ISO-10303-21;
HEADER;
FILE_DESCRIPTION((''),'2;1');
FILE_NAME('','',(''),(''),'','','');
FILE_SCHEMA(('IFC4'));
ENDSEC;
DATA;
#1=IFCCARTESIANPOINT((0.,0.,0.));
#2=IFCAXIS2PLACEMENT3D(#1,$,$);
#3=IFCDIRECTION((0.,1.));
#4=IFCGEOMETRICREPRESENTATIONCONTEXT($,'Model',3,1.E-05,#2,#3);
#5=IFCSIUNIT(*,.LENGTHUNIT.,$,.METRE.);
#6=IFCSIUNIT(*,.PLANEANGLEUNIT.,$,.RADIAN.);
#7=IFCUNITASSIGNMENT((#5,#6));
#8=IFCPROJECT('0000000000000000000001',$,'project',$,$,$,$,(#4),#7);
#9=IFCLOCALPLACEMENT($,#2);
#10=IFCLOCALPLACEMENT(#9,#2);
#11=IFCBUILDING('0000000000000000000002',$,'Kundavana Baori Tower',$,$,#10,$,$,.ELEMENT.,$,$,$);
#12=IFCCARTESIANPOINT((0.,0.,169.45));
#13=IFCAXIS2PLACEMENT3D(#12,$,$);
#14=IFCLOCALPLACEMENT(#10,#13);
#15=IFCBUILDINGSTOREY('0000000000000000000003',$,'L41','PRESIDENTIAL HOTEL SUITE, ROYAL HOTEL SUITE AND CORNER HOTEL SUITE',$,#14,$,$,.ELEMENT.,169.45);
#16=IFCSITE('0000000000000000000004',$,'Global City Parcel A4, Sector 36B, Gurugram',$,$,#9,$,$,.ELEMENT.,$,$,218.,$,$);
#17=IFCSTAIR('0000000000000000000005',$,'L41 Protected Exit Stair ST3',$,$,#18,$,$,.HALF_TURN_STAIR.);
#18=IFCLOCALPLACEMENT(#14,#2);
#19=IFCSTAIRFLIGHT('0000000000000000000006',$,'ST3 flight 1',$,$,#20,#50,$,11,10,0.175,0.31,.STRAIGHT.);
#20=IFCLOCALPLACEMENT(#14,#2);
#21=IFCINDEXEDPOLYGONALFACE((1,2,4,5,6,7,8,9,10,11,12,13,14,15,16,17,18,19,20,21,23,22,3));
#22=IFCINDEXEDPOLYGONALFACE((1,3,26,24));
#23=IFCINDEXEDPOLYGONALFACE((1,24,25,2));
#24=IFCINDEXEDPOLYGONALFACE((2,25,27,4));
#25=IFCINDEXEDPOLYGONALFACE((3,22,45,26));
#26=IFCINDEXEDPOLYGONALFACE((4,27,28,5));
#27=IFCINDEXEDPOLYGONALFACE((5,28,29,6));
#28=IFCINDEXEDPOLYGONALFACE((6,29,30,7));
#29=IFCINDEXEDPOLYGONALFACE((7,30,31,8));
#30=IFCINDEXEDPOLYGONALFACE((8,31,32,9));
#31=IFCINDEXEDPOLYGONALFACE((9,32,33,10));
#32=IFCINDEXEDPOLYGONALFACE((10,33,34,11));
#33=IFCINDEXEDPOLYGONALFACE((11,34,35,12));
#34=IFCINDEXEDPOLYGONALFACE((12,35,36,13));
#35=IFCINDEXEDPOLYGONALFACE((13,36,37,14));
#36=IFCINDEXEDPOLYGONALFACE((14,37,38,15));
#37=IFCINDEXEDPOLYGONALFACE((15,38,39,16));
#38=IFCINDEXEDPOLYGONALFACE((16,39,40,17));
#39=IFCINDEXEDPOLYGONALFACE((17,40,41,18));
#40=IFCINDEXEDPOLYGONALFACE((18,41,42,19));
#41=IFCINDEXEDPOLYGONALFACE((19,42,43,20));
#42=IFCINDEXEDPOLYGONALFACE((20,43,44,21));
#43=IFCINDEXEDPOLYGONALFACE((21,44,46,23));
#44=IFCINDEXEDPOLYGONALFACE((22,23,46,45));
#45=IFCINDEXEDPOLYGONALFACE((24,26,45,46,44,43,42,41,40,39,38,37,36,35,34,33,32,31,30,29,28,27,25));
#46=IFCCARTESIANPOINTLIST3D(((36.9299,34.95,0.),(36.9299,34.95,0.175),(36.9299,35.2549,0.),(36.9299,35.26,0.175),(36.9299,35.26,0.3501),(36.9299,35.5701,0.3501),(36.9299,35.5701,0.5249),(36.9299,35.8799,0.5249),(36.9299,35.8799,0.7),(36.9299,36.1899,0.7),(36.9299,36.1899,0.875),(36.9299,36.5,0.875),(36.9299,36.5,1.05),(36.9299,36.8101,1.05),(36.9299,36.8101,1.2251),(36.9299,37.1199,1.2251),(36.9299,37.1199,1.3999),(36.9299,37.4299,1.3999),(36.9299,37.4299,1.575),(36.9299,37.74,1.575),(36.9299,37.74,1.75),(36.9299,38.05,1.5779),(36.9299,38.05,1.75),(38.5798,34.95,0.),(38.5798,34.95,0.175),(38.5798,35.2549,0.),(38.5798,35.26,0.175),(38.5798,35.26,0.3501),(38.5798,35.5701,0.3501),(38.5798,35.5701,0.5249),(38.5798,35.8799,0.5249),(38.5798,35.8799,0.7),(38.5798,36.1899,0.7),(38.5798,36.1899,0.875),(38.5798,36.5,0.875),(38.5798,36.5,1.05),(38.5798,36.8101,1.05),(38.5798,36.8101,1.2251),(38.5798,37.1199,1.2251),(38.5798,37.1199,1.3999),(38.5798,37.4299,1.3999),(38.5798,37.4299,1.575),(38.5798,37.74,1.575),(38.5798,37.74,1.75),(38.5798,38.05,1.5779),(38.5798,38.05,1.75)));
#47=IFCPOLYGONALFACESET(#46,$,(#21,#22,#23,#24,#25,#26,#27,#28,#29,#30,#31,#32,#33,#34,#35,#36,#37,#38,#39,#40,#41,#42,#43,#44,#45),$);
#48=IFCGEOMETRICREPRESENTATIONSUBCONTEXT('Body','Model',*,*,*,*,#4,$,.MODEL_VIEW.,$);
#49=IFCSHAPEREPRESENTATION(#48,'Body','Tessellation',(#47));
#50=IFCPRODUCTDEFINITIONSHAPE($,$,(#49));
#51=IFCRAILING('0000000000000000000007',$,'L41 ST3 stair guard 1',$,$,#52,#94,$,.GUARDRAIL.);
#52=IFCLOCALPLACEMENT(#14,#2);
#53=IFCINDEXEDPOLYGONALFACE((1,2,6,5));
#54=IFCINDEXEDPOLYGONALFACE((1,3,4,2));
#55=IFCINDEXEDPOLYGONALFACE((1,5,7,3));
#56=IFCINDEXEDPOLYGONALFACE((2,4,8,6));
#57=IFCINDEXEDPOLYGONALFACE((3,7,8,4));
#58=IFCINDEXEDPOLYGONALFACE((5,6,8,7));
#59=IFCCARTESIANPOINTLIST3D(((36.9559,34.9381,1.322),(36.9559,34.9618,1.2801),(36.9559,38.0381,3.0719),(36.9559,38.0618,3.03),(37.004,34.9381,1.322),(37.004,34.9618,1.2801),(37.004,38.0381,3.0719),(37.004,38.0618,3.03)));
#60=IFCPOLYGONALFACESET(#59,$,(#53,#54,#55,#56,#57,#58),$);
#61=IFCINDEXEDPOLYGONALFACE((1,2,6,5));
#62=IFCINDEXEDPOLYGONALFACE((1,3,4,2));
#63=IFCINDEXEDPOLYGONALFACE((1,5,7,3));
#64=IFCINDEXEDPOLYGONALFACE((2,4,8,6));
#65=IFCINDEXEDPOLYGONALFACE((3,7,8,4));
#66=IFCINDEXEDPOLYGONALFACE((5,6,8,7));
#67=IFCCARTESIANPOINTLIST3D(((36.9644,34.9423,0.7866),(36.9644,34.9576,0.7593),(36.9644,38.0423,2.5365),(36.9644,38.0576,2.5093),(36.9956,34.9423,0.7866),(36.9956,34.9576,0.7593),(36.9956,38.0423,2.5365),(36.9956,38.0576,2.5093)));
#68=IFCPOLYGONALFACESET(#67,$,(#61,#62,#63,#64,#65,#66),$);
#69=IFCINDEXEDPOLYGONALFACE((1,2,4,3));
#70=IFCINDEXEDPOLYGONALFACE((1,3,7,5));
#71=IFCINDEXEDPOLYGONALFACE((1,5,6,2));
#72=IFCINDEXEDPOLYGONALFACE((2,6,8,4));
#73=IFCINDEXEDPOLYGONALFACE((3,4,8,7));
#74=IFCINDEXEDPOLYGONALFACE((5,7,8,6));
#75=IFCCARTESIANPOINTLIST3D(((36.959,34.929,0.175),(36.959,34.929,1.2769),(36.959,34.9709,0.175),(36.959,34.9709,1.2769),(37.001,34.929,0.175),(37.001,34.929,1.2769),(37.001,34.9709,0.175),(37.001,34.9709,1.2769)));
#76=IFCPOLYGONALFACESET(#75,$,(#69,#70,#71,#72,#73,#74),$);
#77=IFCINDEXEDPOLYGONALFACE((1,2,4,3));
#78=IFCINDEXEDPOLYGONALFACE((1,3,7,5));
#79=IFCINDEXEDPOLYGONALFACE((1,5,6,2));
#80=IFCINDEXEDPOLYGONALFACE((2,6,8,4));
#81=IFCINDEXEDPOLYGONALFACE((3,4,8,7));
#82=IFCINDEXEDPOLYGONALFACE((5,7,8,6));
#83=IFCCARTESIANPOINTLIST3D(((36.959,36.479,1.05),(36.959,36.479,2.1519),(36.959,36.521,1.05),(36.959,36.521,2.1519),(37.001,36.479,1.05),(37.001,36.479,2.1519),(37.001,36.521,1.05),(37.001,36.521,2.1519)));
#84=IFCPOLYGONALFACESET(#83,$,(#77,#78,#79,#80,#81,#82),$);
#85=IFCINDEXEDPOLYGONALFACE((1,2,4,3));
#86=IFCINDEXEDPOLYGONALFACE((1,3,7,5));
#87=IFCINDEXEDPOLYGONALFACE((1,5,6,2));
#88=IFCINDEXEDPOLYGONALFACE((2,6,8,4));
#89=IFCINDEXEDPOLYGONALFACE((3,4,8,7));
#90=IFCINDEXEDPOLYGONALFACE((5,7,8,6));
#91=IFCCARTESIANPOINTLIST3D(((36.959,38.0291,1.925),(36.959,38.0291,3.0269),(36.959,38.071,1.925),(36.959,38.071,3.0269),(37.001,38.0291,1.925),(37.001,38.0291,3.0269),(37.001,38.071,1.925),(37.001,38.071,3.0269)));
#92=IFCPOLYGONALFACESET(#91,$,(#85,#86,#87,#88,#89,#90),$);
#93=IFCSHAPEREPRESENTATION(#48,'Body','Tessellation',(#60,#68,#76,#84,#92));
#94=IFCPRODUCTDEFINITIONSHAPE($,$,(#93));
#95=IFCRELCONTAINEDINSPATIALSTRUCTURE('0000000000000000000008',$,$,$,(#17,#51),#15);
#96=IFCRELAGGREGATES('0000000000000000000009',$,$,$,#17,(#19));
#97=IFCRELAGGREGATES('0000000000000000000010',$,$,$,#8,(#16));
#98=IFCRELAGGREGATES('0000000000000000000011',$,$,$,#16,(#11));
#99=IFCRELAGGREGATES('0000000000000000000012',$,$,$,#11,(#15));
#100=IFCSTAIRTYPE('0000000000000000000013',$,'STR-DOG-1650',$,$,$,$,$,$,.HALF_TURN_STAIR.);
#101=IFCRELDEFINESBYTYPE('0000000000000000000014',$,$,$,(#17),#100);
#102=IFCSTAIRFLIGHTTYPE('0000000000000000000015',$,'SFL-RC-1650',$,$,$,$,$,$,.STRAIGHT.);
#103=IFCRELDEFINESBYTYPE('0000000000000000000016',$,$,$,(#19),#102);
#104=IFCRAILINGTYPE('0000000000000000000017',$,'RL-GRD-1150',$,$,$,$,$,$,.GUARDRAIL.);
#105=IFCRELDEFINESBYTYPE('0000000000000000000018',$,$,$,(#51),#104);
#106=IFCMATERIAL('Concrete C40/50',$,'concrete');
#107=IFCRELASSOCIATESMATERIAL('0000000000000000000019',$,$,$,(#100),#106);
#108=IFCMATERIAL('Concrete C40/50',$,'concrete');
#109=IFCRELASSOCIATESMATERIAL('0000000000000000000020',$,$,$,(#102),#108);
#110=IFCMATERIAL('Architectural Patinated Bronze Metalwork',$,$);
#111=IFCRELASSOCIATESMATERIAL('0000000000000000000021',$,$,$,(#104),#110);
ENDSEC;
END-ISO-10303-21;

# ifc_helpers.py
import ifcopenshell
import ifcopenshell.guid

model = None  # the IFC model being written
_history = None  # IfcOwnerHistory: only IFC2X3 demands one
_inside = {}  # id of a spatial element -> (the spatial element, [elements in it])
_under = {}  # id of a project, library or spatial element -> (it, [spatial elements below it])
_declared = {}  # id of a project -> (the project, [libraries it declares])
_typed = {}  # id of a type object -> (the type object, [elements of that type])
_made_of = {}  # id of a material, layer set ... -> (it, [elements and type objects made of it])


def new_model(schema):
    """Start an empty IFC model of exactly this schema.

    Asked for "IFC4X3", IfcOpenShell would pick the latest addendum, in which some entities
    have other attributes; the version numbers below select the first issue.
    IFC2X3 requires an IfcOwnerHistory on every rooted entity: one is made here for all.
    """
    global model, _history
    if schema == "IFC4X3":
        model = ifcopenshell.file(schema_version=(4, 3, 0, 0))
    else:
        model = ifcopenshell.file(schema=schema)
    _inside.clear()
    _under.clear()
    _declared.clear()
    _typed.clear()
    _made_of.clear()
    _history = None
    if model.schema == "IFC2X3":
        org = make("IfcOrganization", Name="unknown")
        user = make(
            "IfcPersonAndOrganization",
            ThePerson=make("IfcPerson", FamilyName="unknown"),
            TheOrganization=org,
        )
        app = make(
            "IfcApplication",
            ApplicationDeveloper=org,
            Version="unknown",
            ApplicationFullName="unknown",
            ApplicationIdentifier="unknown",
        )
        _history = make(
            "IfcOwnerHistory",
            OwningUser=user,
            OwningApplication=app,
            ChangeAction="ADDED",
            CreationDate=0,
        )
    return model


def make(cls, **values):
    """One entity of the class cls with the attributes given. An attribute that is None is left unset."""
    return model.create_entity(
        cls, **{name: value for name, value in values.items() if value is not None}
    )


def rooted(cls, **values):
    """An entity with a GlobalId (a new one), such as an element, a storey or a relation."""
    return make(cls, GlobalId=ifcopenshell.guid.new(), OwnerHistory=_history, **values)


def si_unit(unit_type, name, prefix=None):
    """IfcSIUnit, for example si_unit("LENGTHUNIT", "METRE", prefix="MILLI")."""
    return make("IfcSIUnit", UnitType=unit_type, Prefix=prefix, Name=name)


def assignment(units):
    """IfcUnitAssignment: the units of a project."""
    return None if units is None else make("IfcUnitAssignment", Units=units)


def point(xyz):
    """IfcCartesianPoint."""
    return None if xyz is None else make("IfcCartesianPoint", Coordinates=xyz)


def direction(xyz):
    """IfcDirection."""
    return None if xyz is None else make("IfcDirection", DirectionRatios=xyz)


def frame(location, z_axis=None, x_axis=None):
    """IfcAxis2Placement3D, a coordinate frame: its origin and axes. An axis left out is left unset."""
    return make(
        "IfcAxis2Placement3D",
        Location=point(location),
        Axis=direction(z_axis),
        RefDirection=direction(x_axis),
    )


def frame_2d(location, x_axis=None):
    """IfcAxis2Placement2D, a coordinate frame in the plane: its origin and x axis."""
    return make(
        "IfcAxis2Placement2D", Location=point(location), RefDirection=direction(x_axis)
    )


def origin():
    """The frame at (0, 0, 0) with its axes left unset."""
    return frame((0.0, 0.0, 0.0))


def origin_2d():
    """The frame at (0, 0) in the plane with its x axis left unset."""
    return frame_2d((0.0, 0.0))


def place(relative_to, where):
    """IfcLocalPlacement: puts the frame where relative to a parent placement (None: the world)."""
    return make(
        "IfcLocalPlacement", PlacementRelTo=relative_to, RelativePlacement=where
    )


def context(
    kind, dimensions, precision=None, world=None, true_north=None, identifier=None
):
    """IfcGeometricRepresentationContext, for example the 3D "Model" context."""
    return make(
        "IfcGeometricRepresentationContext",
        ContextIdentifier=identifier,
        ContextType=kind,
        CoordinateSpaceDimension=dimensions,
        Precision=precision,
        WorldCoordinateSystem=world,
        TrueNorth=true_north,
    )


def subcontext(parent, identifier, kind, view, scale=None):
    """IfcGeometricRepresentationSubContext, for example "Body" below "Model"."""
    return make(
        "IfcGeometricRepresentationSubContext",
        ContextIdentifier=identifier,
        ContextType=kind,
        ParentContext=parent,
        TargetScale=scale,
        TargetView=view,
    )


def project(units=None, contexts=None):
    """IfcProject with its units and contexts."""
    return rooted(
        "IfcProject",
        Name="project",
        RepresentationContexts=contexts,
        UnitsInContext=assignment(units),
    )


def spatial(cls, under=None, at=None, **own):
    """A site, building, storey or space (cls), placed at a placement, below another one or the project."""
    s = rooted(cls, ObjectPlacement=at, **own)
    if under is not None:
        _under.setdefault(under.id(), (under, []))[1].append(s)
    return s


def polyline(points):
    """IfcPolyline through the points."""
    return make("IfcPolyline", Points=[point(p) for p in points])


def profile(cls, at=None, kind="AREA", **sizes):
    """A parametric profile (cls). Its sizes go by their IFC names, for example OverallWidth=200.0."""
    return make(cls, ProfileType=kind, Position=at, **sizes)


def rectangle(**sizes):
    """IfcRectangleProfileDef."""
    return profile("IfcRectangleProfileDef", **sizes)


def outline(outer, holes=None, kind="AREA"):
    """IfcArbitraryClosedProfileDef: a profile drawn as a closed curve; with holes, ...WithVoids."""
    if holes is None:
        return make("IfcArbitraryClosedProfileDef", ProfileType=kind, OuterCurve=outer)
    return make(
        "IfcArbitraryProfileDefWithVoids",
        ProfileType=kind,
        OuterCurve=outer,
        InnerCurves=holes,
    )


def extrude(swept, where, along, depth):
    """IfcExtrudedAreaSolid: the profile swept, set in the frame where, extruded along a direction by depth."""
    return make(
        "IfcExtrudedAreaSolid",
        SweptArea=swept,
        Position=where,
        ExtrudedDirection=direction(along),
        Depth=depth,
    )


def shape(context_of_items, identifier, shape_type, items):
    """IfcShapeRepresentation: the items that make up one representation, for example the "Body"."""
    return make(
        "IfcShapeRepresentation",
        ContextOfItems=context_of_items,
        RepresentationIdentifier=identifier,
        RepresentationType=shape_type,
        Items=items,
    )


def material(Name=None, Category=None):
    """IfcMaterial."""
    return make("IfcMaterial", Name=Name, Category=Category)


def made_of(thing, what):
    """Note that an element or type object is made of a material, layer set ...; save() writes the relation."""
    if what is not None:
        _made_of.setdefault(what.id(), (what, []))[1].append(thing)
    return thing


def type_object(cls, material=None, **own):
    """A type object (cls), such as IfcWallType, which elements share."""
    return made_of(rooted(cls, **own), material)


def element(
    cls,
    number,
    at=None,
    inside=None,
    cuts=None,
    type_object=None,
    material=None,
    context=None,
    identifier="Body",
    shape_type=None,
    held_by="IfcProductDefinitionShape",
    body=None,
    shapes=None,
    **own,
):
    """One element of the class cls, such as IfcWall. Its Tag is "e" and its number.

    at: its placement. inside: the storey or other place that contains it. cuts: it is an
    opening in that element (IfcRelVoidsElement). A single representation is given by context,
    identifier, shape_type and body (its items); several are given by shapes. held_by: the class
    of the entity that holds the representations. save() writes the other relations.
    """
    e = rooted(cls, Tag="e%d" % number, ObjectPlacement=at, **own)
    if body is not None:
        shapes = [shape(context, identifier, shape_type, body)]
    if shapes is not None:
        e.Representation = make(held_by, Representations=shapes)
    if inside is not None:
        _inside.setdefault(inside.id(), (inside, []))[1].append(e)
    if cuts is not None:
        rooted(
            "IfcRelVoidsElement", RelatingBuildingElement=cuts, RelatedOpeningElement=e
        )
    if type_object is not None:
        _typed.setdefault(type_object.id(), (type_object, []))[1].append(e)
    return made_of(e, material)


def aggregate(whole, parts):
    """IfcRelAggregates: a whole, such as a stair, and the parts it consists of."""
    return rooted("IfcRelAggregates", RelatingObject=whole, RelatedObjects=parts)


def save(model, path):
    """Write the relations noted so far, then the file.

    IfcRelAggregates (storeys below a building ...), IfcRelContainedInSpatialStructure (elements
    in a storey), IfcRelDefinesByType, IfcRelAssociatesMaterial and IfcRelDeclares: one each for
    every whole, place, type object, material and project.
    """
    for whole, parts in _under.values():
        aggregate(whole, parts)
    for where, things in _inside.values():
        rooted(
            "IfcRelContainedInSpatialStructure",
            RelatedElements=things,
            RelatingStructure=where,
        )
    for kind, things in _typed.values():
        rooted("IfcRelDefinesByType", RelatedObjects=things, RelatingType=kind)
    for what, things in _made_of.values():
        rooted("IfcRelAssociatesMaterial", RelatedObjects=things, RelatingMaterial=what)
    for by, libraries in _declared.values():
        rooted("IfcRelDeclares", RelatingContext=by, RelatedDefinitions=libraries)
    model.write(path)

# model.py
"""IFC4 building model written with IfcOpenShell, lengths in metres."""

from ifc_helpers import new_model, si_unit, direction, frame, origin, origin_2d, place, context, subcontext, project, spatial, polyline, rectangle, outline, extrude, material, type_object, element, aggregate, save


model = new_model("IFC4")

# Units and contexts
model_context = context("Model", 3, precision=1e-05, world=origin(), true_north=direction((0.0, 1.0)))
body_context = subcontext(model_context, "Body", "Model", "MODEL_VIEW")
ifc_project = project(units=[si_unit("LENGTHUNIT", "METRE"), si_unit("PLANEANGLEUNIT", "RADIAN")], contexts=[model_context])

# Site, building, storey
site_placement = place(None, origin())
site = spatial("IfcSite", under=ifc_project, at=site_placement, Name="Global City Parcel A4, Sector 36B, Gurugram", CompositionType="ELEMENT", RefElevation=218.0)
building_placement = place(site_placement, origin())
building = spatial("IfcBuilding", under=site, at=building_placement, Name="Kundavana Baori Tower", CompositionType="ELEMENT")
storey_placement = place(building_placement, frame((0.0, 0.0, 169.45)))
storey = spatial("IfcBuildingStorey", under=building, at=storey_placement, Name="L41", Description="PRESIDENTIAL HOTEL SUITE, ROYAL HOTEL SUITE AND CORNER HOTEL SUITE", CompositionType="ELEMENT", Elevation=169.45)

# Stair, stair flight
ifc_material_1 = material(Name="Concrete C40/50", Category="concrete")
stair_type = type_object("IfcStairType", Name="STR-DOG-1650", PredefinedType="HALF_TURN_STAIR", material=ifc_material_1)
stair_placement = place(storey_placement, origin())
stair = element("IfcStair", 1, at=stair_placement, inside=storey, type_object=stair_type, Name="L41 Protected Exit Stair ST3", PredefinedType="HALF_TURN_STAIR")
ifc_material_2 = material(Name="Concrete C40/50", Category="concrete")
stair_flight_type = type_object("IfcStairFlightType", Name="SFL-RC-1650", PredefinedType="STRAIGHT", material=ifc_material_2)
stair_flight_placement = place(storey_placement, frame((37.7549, 34.95, 0.0), z_axis=(0.0, 0.0, 1.0), x_axis=(0.0, 1.0, 0.0)))
stair_flight = element("IfcStairFlight", 2, at=stair_flight_placement, type_object=stair_flight_type, Name="ST3 flight 1", NumberOfRisers=11, NumberOfTreads=10, PredefinedType="STRAIGHT", RiserHeight=0.175, TreadLength=0.31, context=body_context, shape_type="SweptSolid", body=[
    extrude(outline(polyline([(0.0, 0.0), (0.0, 0.175), (0.3101, 0.175), (0.3101, 0.3501), (0.6201, 0.3501), (0.6201, 0.5249), (0.9299, 0.5249), (0.9299, 0.7), (1.24, 0.7), (1.24, 0.875), (1.55, 0.875), (1.55, 1.05), (1.8601, 1.05), (1.8601, 1.2251), (2.1699, 1.2251), (2.1699, 1.3999), (2.48, 1.3999), (2.48, 1.575), (2.79, 1.575), (2.79, 1.75), (3.1001, 1.75), (3.1001, 1.925), (3.1001, 1.5779), (0.3049, 0.0), (0.0, 0.0)])), frame((0.0, 0.825, 0.0), z_axis=(0.0, -1.0, 0.0), x_axis=(1.0, 0.0, 0.0)), (0.0, 0.0, 1.0), 1.6499),
])
aggregate(stair, [stair_flight])

# Railing
ifc_material_3 = material(Name="Architectural Patinated Bronze Metalwork")
railing_type = type_object("IfcRailingType", Name="RL-GRD-1150", PredefinedType="GUARDRAIL", material=ifc_material_3)
railing_placement = place(storey_placement, frame((36.98, 34.95, 0.175)))
element("IfcRailing", 3, at=railing_placement, inside=storey, type_object=railing_type, Name="L41 ST3 stair guard 1", PredefinedType="GUARDRAIL", context=body_context, shape_type="SweptSolid", body=[
    extrude(rectangle(XDim=0.0481, YDim=0.0481, at=origin_2d()), frame((0.0, 0.0, 1.126), z_axis=(0.0, 0.870831, 0.491583), x_axis=(-1.0, 0.0, 0.0)), (0.0, 0.0, 1.0), 3.5598),
    extrude(rectangle(XDim=0.0312, YDim=0.0312, at=origin_2d()), frame((0.0, 0.0, 0.5979), z_axis=(0.0, 0.870831, 0.491583), x_axis=(-1.0, 0.0, 0.0)), (0.0, 0.0, 1.0), 3.5598),
    extrude(rectangle(XDim=0.042, YDim=0.042, at=origin_2d()), origin(), (0.0, 0.0, 1.0), 1.1018),
    extrude(rectangle(XDim=0.042, YDim=0.042, at=origin_2d()), frame((0.0, 1.55, 0.875)), (0.0, 0.0, 1.0), 1.1018),
    extrude(rectangle(XDim=0.042, YDim=0.042, at=origin_2d()), frame((0.0, 3.1001, 1.75)), (0.0, 0.0, 1.0), 1.1018),
])

save(model, "model.ifc")
